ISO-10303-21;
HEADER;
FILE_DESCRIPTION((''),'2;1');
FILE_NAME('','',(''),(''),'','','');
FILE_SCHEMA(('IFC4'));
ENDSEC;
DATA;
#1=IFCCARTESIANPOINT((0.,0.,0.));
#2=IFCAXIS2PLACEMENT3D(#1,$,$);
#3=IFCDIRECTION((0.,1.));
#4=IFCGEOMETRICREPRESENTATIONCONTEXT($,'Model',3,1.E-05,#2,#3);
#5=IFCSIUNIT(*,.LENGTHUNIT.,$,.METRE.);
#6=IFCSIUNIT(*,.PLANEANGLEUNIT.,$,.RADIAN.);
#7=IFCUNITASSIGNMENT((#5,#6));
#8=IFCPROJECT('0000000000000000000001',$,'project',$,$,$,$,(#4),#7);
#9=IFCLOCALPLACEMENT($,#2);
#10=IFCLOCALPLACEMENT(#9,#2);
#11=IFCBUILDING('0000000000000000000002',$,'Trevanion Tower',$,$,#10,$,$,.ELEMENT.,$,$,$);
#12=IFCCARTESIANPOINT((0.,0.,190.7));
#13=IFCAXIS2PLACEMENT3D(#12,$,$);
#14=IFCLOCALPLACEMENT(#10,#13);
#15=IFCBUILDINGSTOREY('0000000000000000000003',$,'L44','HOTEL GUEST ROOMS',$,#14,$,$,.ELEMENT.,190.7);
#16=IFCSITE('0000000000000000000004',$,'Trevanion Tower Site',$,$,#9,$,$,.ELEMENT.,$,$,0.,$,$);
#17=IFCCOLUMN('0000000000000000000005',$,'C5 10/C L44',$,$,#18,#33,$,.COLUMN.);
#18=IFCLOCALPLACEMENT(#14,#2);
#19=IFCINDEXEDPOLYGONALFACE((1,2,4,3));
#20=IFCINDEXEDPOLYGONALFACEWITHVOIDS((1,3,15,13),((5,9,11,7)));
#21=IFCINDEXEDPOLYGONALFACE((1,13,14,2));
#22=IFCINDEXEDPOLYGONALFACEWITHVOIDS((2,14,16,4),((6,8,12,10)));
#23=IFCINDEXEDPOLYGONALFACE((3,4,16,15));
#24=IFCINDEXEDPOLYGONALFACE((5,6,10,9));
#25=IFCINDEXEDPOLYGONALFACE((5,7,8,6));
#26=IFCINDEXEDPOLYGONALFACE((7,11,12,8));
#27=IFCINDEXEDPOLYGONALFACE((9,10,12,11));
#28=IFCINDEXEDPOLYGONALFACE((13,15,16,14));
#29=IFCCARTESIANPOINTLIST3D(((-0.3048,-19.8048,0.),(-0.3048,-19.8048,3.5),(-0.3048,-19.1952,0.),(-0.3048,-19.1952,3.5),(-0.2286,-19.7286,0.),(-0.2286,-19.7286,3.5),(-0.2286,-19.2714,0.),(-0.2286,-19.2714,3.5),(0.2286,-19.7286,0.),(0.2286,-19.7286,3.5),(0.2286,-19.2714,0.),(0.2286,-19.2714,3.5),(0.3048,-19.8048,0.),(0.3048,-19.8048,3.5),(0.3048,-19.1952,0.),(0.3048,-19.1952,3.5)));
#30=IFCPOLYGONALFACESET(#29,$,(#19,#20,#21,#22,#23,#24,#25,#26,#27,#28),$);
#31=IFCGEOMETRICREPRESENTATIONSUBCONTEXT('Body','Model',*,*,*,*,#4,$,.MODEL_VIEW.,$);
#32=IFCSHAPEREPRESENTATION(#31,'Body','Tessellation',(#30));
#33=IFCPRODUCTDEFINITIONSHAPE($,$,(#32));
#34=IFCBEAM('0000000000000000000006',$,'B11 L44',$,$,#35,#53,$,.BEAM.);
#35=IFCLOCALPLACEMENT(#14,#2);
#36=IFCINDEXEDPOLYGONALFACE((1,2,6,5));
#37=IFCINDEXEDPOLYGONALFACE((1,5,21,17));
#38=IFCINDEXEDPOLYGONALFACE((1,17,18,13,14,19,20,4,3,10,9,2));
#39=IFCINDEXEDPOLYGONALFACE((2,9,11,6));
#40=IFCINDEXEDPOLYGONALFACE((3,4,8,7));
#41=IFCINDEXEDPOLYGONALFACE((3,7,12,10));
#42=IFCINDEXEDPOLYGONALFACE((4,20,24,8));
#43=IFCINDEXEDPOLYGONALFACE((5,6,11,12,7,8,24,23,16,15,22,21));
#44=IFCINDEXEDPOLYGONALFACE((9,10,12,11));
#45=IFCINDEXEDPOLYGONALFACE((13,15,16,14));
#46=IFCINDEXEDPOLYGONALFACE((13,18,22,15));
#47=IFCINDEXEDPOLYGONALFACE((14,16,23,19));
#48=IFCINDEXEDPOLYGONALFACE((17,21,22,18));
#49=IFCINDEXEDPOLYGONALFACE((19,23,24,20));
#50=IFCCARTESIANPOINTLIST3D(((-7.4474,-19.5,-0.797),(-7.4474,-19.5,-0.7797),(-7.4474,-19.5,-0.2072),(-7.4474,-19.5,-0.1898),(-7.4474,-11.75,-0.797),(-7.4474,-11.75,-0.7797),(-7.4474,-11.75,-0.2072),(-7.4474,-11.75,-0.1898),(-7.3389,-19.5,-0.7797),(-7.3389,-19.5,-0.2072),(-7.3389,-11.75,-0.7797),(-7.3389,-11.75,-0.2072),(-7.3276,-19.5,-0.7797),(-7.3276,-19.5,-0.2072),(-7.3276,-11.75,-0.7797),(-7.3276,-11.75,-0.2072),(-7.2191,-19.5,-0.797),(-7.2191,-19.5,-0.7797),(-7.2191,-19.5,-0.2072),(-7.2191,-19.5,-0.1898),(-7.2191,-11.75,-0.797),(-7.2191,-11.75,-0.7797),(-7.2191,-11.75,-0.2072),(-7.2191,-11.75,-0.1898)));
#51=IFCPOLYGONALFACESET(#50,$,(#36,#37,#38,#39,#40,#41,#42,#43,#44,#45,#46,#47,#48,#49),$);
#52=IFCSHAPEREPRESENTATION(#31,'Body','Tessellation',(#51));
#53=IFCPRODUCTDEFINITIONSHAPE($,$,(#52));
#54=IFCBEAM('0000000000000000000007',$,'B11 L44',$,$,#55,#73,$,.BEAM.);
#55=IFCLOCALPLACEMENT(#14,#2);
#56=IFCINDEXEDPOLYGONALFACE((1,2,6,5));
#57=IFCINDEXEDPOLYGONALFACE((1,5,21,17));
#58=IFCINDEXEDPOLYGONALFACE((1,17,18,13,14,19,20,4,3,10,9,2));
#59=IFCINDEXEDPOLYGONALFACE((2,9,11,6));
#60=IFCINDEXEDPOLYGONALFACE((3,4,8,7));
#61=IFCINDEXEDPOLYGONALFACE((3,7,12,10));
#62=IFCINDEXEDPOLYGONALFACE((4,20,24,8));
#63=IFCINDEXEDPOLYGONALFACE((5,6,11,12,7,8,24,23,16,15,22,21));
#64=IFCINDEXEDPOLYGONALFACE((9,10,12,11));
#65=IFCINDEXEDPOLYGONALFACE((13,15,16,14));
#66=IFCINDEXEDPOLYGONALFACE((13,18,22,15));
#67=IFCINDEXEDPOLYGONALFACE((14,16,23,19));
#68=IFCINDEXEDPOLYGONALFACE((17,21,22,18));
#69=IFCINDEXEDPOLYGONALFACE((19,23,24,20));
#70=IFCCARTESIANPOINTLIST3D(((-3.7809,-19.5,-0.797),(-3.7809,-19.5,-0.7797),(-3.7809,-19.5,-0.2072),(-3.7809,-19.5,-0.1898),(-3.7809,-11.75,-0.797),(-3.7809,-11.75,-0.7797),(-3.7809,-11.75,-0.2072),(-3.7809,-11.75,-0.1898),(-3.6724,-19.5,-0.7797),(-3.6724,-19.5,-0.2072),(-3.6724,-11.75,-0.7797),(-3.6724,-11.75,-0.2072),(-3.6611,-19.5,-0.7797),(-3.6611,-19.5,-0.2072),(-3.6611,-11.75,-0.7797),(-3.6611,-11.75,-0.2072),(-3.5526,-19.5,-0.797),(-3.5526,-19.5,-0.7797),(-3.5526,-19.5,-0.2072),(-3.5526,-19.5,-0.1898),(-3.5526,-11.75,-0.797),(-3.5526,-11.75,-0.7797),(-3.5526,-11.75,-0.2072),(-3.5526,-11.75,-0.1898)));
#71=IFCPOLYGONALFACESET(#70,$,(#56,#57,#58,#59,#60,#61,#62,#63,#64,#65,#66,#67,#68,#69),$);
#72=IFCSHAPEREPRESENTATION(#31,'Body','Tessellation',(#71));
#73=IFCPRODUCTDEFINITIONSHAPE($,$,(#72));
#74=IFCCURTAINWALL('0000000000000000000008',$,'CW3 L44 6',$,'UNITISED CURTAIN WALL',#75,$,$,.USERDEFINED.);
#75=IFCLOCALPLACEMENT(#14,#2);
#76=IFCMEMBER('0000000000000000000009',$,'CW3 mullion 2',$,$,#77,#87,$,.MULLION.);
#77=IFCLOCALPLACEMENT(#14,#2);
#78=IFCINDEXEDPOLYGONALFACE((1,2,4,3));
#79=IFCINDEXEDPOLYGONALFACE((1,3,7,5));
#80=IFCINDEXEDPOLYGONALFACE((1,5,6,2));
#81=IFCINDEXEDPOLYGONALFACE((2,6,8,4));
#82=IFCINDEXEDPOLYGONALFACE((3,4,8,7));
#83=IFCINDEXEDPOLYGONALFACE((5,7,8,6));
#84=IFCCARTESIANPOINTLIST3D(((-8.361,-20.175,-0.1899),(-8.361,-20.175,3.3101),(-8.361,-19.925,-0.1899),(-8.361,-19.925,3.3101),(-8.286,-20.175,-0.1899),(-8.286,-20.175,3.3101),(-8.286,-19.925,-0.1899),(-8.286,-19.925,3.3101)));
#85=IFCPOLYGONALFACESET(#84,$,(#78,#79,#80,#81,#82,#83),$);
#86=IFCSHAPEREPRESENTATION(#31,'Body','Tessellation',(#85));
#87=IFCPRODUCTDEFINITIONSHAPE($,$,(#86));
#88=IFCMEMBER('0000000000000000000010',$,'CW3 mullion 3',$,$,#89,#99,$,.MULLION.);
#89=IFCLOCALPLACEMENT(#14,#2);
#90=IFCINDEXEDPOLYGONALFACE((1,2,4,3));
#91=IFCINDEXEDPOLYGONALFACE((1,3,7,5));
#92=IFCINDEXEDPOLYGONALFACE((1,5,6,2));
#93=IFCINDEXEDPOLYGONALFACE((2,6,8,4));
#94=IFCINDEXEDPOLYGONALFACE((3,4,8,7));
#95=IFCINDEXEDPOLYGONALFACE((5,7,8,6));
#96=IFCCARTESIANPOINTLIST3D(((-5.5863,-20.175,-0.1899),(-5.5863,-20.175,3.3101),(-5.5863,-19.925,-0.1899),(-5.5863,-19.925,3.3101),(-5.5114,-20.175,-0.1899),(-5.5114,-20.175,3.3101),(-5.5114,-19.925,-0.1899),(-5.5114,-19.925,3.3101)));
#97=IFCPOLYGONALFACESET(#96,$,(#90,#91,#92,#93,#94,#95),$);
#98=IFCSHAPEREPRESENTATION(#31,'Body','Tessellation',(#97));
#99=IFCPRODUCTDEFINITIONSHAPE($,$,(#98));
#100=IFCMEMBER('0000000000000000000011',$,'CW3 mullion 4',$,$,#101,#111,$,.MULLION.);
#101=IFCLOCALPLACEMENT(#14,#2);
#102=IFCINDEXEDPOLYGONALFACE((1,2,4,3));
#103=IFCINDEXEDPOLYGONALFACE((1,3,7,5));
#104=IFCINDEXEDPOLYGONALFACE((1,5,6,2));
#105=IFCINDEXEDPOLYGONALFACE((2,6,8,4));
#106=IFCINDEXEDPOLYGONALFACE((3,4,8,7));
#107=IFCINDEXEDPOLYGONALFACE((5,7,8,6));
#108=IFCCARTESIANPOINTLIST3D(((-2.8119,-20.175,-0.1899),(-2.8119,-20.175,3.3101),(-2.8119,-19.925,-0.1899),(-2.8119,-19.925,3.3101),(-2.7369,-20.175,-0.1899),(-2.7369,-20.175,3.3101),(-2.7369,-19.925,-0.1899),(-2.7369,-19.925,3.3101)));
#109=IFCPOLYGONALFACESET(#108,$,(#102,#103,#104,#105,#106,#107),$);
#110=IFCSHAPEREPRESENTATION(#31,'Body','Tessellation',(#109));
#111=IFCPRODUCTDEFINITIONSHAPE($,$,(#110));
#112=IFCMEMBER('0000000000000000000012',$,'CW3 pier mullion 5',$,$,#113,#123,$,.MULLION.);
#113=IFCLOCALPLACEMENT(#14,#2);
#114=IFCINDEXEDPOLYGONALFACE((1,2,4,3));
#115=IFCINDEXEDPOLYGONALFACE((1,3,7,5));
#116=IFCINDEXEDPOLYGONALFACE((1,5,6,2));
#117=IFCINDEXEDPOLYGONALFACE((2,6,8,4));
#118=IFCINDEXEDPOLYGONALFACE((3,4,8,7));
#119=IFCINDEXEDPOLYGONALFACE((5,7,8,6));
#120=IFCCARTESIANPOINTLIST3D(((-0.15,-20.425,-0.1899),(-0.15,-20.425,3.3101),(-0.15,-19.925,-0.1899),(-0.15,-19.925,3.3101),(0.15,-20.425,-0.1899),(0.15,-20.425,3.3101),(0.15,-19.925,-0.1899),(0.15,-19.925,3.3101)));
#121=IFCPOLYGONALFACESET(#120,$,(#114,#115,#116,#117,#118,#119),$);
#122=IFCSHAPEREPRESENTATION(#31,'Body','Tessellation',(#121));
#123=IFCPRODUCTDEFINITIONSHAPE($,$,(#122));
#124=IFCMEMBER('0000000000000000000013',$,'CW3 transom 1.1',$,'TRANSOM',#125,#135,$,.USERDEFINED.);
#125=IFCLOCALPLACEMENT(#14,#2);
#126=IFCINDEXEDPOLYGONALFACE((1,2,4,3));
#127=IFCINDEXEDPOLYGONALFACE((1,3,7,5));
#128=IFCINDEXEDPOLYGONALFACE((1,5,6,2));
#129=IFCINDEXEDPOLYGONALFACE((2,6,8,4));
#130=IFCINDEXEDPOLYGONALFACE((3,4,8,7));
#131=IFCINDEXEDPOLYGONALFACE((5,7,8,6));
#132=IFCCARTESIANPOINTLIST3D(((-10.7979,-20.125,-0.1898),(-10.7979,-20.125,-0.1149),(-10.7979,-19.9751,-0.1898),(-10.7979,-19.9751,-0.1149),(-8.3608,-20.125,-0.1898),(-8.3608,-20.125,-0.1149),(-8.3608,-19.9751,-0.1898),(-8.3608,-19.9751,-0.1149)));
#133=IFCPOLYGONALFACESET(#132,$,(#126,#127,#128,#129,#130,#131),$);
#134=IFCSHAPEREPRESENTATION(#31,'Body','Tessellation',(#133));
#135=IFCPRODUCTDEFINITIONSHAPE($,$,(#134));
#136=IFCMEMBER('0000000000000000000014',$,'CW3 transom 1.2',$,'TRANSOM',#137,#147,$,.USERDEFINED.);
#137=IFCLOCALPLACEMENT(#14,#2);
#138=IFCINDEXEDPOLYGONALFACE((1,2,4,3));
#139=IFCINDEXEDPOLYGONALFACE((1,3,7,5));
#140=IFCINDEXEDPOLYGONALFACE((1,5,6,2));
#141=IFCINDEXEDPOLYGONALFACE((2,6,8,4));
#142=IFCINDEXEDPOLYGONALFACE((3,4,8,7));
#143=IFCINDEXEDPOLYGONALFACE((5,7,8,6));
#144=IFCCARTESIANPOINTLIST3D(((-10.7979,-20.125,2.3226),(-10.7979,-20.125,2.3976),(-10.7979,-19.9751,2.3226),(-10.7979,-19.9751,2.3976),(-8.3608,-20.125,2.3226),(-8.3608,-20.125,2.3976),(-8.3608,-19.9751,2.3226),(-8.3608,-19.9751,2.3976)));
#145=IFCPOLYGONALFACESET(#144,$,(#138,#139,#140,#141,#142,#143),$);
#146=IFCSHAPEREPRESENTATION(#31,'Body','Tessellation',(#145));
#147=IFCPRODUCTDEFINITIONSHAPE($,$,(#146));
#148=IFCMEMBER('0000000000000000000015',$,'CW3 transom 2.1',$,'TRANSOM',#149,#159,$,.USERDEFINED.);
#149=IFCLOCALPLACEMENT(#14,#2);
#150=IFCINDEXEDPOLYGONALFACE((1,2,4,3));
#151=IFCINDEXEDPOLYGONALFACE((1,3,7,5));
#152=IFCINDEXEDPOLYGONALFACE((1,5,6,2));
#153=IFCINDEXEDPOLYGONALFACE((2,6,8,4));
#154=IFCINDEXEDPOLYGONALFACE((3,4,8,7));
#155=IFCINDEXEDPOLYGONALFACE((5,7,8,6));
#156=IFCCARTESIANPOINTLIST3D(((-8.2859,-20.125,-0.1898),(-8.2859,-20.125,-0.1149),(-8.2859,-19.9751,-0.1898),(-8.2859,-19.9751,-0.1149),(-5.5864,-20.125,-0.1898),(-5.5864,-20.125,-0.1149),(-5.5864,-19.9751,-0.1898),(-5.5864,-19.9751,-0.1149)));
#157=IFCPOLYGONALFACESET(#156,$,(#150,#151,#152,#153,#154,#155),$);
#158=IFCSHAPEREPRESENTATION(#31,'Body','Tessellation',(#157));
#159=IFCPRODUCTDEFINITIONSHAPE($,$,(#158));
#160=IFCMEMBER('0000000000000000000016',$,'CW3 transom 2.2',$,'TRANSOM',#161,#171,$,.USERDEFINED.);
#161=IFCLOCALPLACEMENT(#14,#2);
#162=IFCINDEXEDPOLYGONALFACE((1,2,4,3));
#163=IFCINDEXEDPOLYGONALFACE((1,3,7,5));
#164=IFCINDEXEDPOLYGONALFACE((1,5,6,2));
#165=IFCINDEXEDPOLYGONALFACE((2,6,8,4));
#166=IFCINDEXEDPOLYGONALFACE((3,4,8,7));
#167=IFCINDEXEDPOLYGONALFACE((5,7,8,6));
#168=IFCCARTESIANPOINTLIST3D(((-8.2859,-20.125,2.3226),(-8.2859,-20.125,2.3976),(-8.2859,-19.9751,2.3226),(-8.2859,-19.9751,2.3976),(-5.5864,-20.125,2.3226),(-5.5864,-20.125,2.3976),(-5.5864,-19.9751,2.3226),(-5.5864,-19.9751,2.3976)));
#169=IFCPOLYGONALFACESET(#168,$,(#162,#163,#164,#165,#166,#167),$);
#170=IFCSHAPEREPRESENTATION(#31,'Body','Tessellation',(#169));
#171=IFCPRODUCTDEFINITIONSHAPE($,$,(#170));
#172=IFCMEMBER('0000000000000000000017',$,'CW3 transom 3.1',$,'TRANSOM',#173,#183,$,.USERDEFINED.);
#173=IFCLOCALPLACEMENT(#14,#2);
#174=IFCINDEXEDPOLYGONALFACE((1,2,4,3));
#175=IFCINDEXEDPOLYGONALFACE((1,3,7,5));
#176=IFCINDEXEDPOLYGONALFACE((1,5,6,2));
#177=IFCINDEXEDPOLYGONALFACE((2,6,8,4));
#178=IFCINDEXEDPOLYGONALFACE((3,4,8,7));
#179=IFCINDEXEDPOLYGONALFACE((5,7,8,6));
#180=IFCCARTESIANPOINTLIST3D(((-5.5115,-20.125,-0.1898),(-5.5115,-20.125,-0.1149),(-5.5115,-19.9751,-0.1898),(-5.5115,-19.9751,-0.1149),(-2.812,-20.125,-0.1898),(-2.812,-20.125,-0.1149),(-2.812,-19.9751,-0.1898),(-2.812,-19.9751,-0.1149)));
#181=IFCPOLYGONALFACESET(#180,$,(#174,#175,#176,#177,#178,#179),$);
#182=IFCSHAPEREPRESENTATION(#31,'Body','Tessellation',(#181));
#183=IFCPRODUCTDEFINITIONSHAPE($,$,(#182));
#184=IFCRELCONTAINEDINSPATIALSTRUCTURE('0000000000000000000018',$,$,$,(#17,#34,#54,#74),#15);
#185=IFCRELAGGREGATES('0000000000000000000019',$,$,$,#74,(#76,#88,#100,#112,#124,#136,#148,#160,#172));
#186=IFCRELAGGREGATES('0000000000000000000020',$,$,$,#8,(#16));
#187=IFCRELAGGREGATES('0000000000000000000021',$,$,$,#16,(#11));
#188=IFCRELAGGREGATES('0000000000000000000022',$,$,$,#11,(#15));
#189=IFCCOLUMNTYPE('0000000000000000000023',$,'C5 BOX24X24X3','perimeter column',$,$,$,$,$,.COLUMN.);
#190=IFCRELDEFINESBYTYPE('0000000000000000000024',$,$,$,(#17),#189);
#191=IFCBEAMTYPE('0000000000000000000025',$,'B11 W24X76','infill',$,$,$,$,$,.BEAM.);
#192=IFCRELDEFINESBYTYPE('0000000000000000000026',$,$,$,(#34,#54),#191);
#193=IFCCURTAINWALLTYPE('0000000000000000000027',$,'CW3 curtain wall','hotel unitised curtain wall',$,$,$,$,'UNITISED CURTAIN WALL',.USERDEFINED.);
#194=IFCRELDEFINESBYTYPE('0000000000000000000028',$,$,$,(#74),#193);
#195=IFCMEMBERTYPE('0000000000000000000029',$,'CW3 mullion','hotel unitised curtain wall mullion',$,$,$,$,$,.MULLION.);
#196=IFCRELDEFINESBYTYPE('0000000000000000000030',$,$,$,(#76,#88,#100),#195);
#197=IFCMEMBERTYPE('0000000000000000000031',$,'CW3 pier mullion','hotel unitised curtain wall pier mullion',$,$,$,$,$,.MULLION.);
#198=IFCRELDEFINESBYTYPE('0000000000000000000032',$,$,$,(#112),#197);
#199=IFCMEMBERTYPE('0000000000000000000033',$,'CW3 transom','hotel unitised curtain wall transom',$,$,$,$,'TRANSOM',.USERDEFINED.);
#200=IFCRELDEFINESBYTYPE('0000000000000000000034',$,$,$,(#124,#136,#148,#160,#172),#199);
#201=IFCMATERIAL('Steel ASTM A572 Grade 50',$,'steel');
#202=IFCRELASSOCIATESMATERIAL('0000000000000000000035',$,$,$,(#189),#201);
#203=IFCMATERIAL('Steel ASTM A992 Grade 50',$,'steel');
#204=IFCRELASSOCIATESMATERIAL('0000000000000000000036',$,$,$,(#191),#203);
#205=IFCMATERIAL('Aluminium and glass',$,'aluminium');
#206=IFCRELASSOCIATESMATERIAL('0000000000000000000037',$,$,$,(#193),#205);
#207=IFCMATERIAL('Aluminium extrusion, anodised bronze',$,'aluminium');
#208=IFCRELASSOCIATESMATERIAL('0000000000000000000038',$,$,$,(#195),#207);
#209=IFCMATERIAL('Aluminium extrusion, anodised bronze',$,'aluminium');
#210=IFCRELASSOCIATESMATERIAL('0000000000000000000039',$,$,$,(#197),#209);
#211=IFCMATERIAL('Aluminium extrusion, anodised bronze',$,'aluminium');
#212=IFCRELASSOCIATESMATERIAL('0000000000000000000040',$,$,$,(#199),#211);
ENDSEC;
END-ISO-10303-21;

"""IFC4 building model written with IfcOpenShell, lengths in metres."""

from ifc_helpers import new_model, si_unit, direction, frame, origin, origin_2d, place, context, subcontext, project, spatial, rectangle, hollow_rectangle, i_section, extrude, material, material_profile, profile_set, type_object, element, aggregate, save


model = new_model("IFC4")

# Units and contexts
model_context = context("Model", 3, precision=1e-05, world=origin(), true_north=direction((0.0, 1.0)))
body_context = subcontext(model_context, "Body", "Model", "MODEL_VIEW")
ifc_project = project(units=[si_unit("LENGTHUNIT", "METRE"), si_unit("PLANEANGLEUNIT", "RADIAN")], contexts=[model_context])

# Site, building, storey
site_placement = place(None, origin())
site = spatial("IfcSite", under=ifc_project, at=site_placement, Name="Trevanion Tower Site", CompositionType="ELEMENT", RefElevation=0.0)
building_placement = place(site_placement, origin())
building = spatial("IfcBuilding", under=site, at=building_placement, Name="Trevanion Tower", CompositionType="ELEMENT")
storey_placement = place(building_placement, frame((0.0, 0.0, 190.7)))
storey = spatial("IfcBuildingStorey", under=building, at=storey_placement, Name="L44", Description="HOTEL GUEST ROOMS", CompositionType="ELEMENT", Elevation=190.7)

# Column
ifc_material_1 = material(Name="Steel ASTM A572 Grade 50", Category="steel")
ifc_material_profile_1 = material_profile(ifc_material_1, hollow_rectangle(XDim=0.6096, YDim=0.6096, WallThickness=0.0762, at=origin_2d()), Name="BOX24X24X3")
ifc_profile_set_1 = profile_set([ifc_material_profile_1], Name="Steel ASTM A572 Grade 50")
column_type = type_object("IfcColumnType", Name="C5 BOX24X24X3", Description="perimeter column", PredefinedType="COLUMN", material=ifc_profile_set_1)
column_placement = place(storey_placement, frame((0.0, -19.5, 0.0), z_axis=(0.0, 0.0, 1.0), x_axis=(1.0, 0.0, 0.0)))
element("IfcColumn", 1, at=column_placement, inside=storey, type_object=column_type, Name="C5 10/C L44", PredefinedType="COLUMN", context=body_context, shape_type="SweptSolid", body=[
    extrude(hollow_rectangle(XDim=0.6096, YDim=0.6096, WallThickness=0.0762, at=origin_2d()), origin(), (0.0, 0.0, 1.0), 3.5),
])

# Beams
ifc_material_2 = material(Name="Steel ASTM A992 Grade 50", Category="steel")
ifc_material_profile_2 = material_profile(ifc_material_2, i_section(OverallWidth=0.2283, OverallDepth=0.6072, WebThickness=0.0112, FlangeThickness=0.0173, at=origin_2d()), Name="W24X76")
ifc_profile_set_2 = profile_set([ifc_material_profile_2], Name="Steel ASTM A992 Grade 50")
beam_type_1 = type_object("IfcBeamType", Name="B11 W24X76", Description="infill", PredefinedType="BEAM", material=ifc_profile_set_2)
for number, where, z_axis, x_axis, name in (
    (2, (-7.3333, -11.75, -0.4934), (0.0, -1.0, 0.0), (1.0, 0.0, 0.0), "B11 L44"),
    (3, (-3.6667, -11.75, -0.4934), (0.0, -1.0, 0.0), (1.0, 0.0, 0.0), "B11 L44"),
):
    element("IfcBeam", number, at=place(storey_placement, frame(where, z_axis=z_axis, x_axis=x_axis)), inside=storey, type_object=beam_type_1, Name=name, PredefinedType="BEAM", context=body_context, shape_type="SweptSolid", body=[
        extrude(i_section(OverallWidth=0.2283, OverallDepth=0.6072, WebThickness=0.0112, FlangeThickness=0.0173, at=origin_2d()), origin(), (0.0, 0.0, 1.0), 7.75),
    ])

# Curtain wall, members
ifc_material_3 = material(Name="Aluminium and glass", Category="aluminium")
curtain_wall_type = type_object("IfcCurtainWallType", Name="CW3 curtain wall", Description="hotel unitised curtain wall", ElementType="UNITISED CURTAIN WALL", PredefinedType="USERDEFINED", material=ifc_material_3)
curtain_wall_placement = place(storey_placement, origin())
curtain_wall = element("IfcCurtainWall", 4, at=curtain_wall_placement, inside=storey, type_object=curtain_wall_type, Name="CW3 L44 6", ObjectType="UNITISED CURTAIN WALL", PredefinedType="USERDEFINED")
ifc_material_4 = material(Name="Aluminium extrusion, anodised bronze", Category="aluminium")
ifc_material_profile_3 = material_profile(ifc_material_4, rectangle(XDim=0.075, YDim=0.25, at=origin_2d()), Name="CW3 mullion")
ifc_profile_set_3 = profile_set([ifc_material_profile_3], Name="Aluminium extrusion, anodised bronze")
member_type_1 = type_object("IfcMemberType", Name="CW3 mullion", Description="hotel unitised curtain wall mullion", PredefinedType="MULLION", material=ifc_profile_set_3)
member_1_placement = place(storey_placement, frame((-8.3235, -20.05, -0.1899), z_axis=(0.0, 0.0, 1.0), x_axis=(1.0, 0.0, 0.0)))
member_1 = element("IfcMember", 5, at=member_1_placement, type_object=member_type_1, Name="CW3 mullion 2", PredefinedType="MULLION", context=body_context, shape_type="SweptSolid", body=[
    extrude(rectangle(XDim=0.075, YDim=0.25, at=origin_2d()), origin(), (0.0, 0.0, 1.0), 3.5),
])
member_2_placement = place(storey_placement, frame((-5.5488, -20.05, -0.1899), z_axis=(0.0, 0.0, 1.0), x_axis=(1.0, 0.0, 0.0)))
member_2 = element("IfcMember", 6, at=member_2_placement, type_object=member_type_1, Name="CW3 mullion 3", PredefinedType="MULLION", context=body_context, shape_type="SweptSolid", body=[
    extrude(rectangle(XDim=0.075, YDim=0.25, at=origin_2d()), origin(), (0.0, 0.0, 1.0), 3.5),
])
member_3_placement = place(storey_placement, frame((-2.7744, -20.05, -0.1899), z_axis=(0.0, 0.0, 1.0), x_axis=(1.0, 0.0, 0.0)))
member_3 = element("IfcMember", 7, at=member_3_placement, type_object=member_type_1, Name="CW3 mullion 4", PredefinedType="MULLION", context=body_context, shape_type="SweptSolid", body=[
    extrude(rectangle(XDim=0.075, YDim=0.25, at=origin_2d()), origin(), (0.0, 0.0, 1.0), 3.5),
])
ifc_material_5 = material(Name="Aluminium extrusion, anodised bronze", Category="aluminium")
ifc_material_profile_4 = material_profile(ifc_material_5, rectangle(XDim=0.3, YDim=0.5, at=origin_2d()), Name="CW3 pier mullion")
ifc_profile_set_4 = profile_set([ifc_material_profile_4], Name="Aluminium extrusion, anodised bronze")
member_type_2 = type_object("IfcMemberType", Name="CW3 pier mullion", Description="hotel unitised curtain wall pier mullion", PredefinedType="MULLION", material=ifc_profile_set_4)
member_4_placement = place(storey_placement, frame((0.0, -20.175, -0.1899), z_axis=(0.0, 0.0, 1.0), x_axis=(1.0, 0.0, 0.0)))
member_4 = element("IfcMember", 8, at=member_4_placement, type_object=member_type_2, Name="CW3 pier mullion 5", PredefinedType="MULLION", context=body_context, shape_type="SweptSolid", body=[
    extrude(rectangle(XDim=0.3, YDim=0.5, at=origin_2d()), origin(), (0.0, 0.0, 1.0), 3.5),
])
ifc_material_6 = material(Name="Aluminium extrusion, anodised bronze", Category="aluminium")
ifc_material_profile_5 = material_profile(ifc_material_6, rectangle(XDim=0.1499, YDim=0.075, at=origin_2d()), Name="CW3 transom")
ifc_profile_set_5 = profile_set([ifc_material_profile_5], Name="Aluminium extrusion, anodised bronze")
member_type_3 = type_object("IfcMemberType", Name="CW3 transom", Description="hotel unitised curtain wall transom", ElementType="TRANSOM", PredefinedType="USERDEFINED", material=ifc_profile_set_5)
member_5_placement = place(storey_placement, frame((-10.7979, -20.05, -0.1523), z_axis=(1.0, 0.0, 0.0), x_axis=(0.0, 1.0, 0.0)))
member_5 = element("IfcMember", 9, at=member_5_placement, type_object=member_type_3, Name="CW3 transom 1.1", ObjectType="TRANSOM", PredefinedType="USERDEFINED", context=body_context, shape_type="SweptSolid", body=[
    extrude(rectangle(XDim=0.1499, YDim=0.075, at=origin_2d()), origin(), (0.0, 0.0, 1.0), 2.437),
])
member_6_placement = place(storey_placement, frame((-10.7979, -20.05, 2.3601), z_axis=(1.0, 0.0, 0.0), x_axis=(0.0, 1.0, 0.0)))
member_6 = element("IfcMember", 10, at=member_6_placement, type_object=member_type_3, Name="CW3 transom 1.2", ObjectType="TRANSOM", PredefinedType="USERDEFINED", context=body_context, shape_type="SweptSolid", body=[
    extrude(rectangle(XDim=0.1499, YDim=0.075, at=origin_2d()), origin(), (0.0, 0.0, 1.0), 2.437),
])
member_7_placement = place(storey_placement, frame((-8.2859, -20.05, -0.1523), z_axis=(1.0, 0.0, 0.0), x_axis=(0.0, 1.0, 0.0)))
member_7 = element("IfcMember", 11, at=member_7_placement, type_object=member_type_3, Name="CW3 transom 2.1", ObjectType="TRANSOM", PredefinedType="USERDEFINED", context=body_context, shape_type="SweptSolid", body=[
    extrude(rectangle(XDim=0.1499, YDim=0.075, at=origin_2d()), origin(), (0.0, 0.0, 1.0), 2.6995),
])
member_8_placement = place(storey_placement, frame((-8.2859, -20.05, 2.3601), z_axis=(1.0, 0.0, 0.0), x_axis=(0.0, 1.0, 0.0)))
member_8 = element("IfcMember", 12, at=member_8_placement, type_object=member_type_3, Name="CW3 transom 2.2", ObjectType="TRANSOM", PredefinedType="USERDEFINED", context=body_context, shape_type="SweptSolid", body=[
    extrude(rectangle(XDim=0.1499, YDim=0.075, at=origin_2d()), origin(), (0.0, 0.0, 1.0), 2.6995),
])
member_9_placement = place(storey_placement, frame((-5.5115, -20.05, -0.1523), z_axis=(1.0, 0.0, 0.0), x_axis=(0.0, 1.0, 0.0)))
member_9 = element("IfcMember", 13, at=member_9_placement, type_object=member_type_3, Name="CW3 transom 3.1", ObjectType="TRANSOM", PredefinedType="USERDEFINED", context=body_context, shape_type="SweptSolid", body=[
    extrude(rectangle(XDim=0.1499, YDim=0.075, at=origin_2d()), origin(), (0.0, 0.0, 1.0), 2.6995),
])

aggregate(curtain_wall, [member_1, member_2, member_3, member_4, member_5, member_6, member_7, member_8, member_9])

save(model, "model.ifc")
